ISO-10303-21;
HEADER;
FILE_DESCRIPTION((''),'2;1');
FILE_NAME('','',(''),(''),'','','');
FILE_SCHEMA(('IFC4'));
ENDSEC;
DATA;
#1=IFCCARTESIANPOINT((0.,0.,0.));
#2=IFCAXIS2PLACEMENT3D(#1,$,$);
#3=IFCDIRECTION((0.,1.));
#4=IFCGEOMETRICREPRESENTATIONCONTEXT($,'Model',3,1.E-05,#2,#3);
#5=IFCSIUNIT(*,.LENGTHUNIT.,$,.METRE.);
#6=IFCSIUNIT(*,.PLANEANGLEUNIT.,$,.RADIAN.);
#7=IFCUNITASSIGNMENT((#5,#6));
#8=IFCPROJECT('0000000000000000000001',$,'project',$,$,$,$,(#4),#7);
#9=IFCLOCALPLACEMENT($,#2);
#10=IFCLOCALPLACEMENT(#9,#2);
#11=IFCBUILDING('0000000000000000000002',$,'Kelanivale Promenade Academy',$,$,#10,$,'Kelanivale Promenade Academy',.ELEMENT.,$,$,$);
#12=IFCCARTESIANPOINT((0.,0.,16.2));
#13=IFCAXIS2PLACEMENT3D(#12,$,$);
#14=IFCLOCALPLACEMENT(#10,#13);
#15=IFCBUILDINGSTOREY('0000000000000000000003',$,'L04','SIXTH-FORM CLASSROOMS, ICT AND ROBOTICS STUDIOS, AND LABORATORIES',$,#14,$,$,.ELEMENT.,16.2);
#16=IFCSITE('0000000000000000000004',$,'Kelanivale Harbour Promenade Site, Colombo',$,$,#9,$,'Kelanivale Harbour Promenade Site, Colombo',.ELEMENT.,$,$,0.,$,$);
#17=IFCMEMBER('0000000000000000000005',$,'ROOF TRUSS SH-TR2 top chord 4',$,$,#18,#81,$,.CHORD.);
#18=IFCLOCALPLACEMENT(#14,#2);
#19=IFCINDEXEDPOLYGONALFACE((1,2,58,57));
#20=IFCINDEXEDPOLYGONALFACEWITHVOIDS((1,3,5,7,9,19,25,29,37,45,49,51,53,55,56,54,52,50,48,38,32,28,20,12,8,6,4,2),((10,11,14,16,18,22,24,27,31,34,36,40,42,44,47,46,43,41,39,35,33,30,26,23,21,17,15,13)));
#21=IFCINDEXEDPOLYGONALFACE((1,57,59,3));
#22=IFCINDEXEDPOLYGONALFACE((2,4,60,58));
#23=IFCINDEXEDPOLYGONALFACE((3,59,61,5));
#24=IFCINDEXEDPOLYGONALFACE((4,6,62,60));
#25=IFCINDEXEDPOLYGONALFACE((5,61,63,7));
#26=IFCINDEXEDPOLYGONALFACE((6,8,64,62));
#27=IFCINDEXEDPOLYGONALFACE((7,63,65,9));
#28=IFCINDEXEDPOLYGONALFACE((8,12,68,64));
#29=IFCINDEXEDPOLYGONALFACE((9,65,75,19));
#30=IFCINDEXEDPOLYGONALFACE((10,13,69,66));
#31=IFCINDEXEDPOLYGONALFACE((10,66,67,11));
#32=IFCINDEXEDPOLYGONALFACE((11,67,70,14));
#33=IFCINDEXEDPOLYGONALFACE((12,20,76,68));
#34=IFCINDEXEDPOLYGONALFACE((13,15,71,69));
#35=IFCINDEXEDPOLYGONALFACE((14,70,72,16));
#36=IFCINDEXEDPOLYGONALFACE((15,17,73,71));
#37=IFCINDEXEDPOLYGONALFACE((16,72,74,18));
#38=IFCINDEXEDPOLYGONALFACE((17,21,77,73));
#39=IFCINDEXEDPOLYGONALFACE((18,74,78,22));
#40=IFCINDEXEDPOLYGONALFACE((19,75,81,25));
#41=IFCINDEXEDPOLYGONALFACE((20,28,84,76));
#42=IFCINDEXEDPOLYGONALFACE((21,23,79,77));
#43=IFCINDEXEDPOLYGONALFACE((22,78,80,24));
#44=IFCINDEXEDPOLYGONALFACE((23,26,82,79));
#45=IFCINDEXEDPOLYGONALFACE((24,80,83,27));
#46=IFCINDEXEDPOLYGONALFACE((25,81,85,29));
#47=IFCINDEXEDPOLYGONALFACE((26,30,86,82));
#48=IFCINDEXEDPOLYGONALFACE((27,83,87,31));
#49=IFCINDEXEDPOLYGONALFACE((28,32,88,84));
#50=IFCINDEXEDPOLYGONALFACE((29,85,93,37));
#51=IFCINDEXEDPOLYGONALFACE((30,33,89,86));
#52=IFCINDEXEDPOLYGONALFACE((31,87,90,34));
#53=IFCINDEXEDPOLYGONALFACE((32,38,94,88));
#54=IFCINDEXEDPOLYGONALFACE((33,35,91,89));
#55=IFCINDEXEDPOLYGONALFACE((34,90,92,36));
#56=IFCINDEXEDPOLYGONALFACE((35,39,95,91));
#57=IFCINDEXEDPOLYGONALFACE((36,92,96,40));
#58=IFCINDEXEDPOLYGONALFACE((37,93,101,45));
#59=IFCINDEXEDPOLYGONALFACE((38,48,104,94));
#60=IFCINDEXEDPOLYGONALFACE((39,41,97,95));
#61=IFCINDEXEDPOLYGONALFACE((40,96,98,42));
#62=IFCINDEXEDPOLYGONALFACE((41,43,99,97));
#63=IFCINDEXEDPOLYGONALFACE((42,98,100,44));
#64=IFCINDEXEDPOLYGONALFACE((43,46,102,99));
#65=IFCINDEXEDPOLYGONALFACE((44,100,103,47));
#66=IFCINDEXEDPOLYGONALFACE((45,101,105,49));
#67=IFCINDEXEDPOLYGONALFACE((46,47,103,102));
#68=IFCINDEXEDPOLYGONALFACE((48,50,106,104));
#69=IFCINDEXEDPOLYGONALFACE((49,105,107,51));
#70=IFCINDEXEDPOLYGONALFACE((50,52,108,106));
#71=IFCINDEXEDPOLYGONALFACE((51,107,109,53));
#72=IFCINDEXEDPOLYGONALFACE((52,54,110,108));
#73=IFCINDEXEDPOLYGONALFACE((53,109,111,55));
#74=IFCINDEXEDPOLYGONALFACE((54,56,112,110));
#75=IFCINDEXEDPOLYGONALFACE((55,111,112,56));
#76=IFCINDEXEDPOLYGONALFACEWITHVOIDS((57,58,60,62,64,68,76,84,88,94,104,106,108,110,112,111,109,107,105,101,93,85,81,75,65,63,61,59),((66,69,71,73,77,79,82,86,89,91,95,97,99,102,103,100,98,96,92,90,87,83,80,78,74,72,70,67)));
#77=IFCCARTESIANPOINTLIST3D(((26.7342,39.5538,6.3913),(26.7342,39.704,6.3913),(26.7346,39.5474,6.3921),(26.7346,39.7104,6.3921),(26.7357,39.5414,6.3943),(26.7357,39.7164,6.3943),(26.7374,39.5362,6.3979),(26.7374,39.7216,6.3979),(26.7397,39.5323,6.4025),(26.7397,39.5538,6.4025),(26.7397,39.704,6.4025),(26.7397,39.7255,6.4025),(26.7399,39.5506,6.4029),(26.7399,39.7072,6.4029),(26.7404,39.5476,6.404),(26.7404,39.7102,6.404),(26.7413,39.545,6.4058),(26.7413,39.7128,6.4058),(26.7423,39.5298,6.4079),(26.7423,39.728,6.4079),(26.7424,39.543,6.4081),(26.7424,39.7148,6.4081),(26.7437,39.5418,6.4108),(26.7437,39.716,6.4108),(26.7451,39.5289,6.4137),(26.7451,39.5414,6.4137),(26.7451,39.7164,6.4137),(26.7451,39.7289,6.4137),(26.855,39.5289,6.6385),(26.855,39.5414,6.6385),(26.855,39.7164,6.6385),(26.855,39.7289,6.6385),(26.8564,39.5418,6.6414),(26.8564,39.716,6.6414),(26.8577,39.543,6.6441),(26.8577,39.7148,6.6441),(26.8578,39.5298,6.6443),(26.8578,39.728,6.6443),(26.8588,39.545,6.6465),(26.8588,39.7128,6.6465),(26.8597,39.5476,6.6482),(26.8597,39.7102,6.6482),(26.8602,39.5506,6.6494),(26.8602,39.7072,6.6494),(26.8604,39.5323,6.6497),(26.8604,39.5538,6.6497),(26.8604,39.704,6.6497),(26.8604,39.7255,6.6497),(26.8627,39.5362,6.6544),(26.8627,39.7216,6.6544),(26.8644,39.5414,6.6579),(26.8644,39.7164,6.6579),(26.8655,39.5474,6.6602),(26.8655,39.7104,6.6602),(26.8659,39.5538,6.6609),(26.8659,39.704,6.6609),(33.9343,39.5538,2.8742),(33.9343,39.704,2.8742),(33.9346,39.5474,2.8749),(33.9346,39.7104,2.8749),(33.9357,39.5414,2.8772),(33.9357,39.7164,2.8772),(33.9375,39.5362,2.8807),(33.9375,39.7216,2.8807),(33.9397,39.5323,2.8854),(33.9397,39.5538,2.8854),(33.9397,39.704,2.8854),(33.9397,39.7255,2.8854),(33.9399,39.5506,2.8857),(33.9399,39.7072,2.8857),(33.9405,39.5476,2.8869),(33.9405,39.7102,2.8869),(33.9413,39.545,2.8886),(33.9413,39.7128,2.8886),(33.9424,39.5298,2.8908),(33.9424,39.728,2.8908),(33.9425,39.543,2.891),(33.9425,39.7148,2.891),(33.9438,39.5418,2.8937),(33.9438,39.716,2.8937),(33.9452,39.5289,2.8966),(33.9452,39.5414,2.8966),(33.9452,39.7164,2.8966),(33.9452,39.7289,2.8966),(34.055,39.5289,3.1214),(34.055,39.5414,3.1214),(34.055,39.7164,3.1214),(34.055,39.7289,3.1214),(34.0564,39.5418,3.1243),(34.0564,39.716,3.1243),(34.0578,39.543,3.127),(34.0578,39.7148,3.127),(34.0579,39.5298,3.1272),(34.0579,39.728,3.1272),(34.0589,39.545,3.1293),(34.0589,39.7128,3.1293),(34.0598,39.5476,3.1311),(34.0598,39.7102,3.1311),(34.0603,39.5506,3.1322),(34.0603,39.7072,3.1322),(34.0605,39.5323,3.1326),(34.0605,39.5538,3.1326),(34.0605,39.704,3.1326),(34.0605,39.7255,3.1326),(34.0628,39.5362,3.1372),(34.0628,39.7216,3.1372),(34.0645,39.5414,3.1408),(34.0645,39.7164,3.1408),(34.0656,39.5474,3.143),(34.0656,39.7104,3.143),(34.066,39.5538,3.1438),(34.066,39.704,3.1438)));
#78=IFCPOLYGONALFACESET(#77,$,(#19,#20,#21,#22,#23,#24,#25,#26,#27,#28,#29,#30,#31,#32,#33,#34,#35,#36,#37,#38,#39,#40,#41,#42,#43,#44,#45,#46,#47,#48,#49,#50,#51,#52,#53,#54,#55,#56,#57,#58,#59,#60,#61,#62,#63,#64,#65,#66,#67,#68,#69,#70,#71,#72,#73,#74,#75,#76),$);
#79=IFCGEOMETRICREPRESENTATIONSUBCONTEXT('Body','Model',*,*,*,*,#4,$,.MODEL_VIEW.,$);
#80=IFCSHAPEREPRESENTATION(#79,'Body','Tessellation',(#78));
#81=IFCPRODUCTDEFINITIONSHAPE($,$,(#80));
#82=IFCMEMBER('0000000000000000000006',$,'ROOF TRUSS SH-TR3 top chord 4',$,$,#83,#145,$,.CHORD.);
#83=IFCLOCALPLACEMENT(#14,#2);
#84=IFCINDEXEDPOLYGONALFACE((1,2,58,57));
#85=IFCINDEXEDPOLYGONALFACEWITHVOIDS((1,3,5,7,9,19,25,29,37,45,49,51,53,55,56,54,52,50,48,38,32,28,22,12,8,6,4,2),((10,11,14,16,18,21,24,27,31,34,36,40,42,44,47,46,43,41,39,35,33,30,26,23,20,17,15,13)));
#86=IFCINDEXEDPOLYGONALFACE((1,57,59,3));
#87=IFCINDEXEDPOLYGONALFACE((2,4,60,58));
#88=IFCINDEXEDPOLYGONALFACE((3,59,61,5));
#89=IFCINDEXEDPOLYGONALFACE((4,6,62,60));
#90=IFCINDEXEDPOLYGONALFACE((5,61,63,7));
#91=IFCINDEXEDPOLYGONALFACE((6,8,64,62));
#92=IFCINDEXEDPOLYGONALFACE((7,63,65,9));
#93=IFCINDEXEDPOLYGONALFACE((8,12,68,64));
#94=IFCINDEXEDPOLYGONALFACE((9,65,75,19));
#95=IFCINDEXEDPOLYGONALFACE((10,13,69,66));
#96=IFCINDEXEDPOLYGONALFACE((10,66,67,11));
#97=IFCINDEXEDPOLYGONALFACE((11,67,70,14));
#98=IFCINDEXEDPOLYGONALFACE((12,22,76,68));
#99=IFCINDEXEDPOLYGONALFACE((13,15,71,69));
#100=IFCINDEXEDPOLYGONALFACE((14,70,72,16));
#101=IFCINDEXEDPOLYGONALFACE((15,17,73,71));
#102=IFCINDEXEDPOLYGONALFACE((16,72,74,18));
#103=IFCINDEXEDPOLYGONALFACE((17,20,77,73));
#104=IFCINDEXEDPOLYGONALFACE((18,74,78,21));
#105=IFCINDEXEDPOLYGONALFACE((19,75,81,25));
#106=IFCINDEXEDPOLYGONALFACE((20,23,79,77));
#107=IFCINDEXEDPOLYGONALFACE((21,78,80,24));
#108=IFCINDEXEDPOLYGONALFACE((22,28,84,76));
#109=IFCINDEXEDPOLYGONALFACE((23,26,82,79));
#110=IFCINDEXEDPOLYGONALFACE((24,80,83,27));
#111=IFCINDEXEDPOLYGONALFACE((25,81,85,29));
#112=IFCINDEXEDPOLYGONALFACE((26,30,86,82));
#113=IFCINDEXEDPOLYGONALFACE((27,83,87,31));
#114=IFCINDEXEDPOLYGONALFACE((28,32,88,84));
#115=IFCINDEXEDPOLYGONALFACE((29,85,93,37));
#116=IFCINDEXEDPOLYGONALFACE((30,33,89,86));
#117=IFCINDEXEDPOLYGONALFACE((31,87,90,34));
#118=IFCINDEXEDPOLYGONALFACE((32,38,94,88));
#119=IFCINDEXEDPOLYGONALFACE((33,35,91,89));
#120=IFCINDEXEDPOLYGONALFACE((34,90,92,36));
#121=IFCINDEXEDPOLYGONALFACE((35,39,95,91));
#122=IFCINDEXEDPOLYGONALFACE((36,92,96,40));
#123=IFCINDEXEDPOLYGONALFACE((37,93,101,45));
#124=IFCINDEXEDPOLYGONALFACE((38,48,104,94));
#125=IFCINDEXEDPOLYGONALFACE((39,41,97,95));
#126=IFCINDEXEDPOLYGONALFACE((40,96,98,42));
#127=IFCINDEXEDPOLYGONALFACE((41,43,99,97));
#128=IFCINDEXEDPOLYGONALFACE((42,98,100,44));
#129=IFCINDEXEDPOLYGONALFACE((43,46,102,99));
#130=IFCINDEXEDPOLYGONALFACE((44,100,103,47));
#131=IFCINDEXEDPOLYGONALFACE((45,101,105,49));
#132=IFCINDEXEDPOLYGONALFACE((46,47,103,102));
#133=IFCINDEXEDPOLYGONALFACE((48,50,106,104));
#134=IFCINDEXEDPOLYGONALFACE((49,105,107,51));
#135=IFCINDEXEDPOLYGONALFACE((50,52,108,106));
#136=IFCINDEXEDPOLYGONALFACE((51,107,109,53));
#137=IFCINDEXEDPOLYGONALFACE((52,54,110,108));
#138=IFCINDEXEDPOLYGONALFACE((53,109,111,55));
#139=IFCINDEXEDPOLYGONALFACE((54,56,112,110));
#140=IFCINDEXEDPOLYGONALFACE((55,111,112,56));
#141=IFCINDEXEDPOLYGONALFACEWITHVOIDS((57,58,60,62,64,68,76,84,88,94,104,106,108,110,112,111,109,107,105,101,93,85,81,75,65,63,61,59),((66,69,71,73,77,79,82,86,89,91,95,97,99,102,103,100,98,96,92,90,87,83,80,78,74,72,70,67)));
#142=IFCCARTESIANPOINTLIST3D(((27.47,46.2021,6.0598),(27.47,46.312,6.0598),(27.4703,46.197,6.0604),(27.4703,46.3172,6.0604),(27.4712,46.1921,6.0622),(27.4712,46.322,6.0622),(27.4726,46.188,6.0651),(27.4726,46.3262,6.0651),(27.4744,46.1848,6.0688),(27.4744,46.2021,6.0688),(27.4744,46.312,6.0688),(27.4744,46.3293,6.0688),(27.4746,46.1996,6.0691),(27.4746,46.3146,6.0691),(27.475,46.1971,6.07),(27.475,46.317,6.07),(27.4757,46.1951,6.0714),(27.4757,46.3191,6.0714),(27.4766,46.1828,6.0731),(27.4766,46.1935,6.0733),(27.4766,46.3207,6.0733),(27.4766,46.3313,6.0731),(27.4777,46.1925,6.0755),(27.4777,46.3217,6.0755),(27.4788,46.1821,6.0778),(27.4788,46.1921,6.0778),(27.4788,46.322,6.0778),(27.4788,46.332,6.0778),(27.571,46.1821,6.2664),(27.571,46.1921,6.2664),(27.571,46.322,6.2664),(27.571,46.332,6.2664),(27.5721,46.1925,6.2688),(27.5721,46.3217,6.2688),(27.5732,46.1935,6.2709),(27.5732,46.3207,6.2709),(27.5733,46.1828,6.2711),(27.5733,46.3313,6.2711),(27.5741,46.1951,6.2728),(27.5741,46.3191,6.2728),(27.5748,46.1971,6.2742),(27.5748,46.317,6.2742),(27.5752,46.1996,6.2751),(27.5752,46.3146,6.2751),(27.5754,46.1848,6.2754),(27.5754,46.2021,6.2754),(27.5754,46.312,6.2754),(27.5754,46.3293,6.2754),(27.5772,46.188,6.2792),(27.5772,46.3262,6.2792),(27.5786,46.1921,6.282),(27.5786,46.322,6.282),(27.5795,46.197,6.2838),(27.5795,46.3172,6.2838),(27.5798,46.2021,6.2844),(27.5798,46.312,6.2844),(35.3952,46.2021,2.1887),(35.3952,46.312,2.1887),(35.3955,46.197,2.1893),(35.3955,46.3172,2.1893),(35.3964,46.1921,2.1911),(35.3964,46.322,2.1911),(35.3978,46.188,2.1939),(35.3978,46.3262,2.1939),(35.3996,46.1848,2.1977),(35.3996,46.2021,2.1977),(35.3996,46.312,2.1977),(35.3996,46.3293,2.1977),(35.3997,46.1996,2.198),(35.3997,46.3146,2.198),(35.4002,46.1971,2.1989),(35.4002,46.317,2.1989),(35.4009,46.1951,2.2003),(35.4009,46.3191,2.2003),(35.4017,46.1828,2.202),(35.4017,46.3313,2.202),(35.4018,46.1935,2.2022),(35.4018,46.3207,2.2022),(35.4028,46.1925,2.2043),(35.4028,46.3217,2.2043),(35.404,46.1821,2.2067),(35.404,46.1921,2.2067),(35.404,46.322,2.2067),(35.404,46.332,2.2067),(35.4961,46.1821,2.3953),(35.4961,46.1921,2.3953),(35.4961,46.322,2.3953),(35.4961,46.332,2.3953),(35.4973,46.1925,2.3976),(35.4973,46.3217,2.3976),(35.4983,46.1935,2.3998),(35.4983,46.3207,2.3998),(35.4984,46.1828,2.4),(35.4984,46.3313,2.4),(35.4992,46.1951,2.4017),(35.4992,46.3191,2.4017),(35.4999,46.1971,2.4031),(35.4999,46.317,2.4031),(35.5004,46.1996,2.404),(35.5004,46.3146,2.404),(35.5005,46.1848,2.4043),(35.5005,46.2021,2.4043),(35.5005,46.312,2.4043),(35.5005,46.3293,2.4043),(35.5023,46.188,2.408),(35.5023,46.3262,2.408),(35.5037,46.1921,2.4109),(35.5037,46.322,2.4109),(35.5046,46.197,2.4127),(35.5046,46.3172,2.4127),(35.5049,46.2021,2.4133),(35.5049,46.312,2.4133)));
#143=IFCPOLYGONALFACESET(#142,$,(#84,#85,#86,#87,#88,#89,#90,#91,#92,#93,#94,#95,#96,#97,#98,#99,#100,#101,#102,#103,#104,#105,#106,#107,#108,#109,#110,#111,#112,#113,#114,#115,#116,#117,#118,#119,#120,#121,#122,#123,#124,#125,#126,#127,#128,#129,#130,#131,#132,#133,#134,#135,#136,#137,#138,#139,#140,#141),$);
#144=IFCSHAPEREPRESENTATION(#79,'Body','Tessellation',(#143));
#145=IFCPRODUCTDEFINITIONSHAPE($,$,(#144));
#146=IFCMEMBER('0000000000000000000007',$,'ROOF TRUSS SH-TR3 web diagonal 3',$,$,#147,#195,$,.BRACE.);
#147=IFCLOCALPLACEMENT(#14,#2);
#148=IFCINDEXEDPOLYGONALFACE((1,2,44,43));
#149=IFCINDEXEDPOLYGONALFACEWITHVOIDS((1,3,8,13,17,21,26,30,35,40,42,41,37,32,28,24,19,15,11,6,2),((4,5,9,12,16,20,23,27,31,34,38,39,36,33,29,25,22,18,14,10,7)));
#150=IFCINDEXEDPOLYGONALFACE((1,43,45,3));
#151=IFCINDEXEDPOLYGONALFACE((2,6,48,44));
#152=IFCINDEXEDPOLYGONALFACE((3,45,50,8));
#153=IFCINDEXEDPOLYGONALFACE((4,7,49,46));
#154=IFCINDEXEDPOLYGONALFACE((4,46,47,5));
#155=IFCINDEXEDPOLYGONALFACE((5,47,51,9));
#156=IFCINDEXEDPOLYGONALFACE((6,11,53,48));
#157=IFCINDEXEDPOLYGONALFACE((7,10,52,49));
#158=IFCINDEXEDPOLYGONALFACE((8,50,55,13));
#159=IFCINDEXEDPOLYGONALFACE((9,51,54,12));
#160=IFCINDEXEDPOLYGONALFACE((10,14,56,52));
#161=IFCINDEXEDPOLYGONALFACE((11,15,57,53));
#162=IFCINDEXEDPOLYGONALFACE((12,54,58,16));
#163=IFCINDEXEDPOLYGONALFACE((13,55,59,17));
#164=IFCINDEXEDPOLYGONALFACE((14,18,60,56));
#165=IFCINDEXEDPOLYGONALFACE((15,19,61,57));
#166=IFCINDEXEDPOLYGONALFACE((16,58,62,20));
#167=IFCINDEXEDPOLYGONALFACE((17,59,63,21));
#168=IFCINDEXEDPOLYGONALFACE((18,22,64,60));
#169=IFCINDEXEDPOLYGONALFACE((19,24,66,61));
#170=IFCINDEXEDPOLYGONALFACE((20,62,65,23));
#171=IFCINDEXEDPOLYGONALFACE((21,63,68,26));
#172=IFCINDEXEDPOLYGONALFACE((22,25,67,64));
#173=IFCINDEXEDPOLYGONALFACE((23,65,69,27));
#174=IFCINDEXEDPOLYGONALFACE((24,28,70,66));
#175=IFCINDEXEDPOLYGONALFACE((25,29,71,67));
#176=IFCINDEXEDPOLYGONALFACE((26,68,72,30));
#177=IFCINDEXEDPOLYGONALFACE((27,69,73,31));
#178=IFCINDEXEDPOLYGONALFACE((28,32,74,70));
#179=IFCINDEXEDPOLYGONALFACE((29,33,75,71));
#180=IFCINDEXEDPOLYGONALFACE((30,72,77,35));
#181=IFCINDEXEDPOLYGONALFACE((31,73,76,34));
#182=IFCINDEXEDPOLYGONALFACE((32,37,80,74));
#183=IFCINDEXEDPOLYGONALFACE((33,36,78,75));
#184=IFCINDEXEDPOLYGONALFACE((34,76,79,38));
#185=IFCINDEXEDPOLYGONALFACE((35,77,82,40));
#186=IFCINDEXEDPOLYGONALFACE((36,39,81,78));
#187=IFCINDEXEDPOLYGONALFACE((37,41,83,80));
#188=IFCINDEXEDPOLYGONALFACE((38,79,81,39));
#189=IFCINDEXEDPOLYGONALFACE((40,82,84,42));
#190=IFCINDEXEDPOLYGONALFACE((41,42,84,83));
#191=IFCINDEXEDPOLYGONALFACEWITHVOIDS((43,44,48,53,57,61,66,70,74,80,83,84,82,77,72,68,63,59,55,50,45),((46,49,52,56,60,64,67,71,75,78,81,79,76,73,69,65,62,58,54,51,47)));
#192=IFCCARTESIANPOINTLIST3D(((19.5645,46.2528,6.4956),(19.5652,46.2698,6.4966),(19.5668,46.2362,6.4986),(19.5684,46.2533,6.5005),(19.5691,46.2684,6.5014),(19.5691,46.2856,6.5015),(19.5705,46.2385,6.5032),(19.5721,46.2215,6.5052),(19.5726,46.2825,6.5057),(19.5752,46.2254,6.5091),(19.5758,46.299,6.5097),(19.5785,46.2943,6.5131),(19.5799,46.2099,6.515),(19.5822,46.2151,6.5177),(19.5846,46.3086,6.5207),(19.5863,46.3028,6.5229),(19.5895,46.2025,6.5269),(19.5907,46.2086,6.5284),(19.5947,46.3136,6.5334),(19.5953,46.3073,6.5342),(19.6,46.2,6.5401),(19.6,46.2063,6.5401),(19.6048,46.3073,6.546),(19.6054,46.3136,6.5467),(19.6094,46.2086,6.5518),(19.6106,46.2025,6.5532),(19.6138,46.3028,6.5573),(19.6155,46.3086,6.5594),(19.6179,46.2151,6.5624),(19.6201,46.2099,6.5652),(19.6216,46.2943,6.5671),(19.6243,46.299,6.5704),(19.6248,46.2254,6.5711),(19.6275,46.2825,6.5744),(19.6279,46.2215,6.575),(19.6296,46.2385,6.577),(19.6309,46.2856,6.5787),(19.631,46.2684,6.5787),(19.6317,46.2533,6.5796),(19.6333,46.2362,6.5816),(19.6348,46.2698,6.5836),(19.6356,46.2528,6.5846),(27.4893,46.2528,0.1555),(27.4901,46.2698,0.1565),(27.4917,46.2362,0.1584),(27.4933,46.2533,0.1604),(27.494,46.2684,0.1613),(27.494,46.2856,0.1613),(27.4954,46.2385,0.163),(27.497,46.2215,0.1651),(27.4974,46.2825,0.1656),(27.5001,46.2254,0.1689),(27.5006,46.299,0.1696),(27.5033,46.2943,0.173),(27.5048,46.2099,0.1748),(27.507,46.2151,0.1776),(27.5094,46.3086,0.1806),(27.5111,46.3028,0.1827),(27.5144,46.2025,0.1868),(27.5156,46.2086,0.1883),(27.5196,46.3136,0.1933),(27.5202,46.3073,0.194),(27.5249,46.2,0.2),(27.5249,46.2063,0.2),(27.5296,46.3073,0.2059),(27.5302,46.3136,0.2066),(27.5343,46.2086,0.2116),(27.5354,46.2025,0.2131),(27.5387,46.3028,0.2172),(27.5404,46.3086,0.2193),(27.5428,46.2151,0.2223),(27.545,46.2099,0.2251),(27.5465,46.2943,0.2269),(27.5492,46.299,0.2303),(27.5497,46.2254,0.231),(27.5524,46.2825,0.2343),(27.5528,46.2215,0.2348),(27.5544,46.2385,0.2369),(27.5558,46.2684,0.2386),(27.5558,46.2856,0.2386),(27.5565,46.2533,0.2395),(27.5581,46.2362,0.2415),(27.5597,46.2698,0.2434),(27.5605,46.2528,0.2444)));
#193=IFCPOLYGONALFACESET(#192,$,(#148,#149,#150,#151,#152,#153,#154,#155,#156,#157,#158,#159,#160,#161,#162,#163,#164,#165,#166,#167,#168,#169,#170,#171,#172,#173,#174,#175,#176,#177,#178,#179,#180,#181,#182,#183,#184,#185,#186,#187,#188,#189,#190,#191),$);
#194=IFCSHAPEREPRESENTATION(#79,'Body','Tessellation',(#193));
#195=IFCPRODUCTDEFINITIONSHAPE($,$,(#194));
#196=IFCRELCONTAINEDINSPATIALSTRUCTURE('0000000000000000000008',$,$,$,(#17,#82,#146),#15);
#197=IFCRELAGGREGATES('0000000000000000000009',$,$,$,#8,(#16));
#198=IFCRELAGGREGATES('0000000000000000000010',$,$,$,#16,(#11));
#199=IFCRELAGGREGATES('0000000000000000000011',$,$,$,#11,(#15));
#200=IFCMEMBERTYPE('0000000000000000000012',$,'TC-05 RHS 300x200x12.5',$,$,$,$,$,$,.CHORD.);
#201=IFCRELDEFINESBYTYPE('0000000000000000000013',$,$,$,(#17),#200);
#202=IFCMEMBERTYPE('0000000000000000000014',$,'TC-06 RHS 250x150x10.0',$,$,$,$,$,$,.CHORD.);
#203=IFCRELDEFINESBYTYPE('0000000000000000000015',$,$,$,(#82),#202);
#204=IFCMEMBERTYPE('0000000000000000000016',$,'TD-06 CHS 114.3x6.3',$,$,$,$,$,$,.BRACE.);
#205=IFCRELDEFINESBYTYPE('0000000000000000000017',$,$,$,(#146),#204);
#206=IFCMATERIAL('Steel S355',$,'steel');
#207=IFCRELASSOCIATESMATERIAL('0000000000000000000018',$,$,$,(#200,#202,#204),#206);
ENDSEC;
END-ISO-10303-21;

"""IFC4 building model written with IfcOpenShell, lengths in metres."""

from ifc_helpers import new_model, si_unit, direction, frame, origin, origin_2d, place, context, subcontext, project, spatial, hollow_rectangle, hollow_circle, extrude, material, material_profile, profile_set, type_object, element, save


model = new_model("IFC4")

# Units and contexts
model_context = context("Model", 3, precision=1e-05, world=origin(), true_north=direction((0.0, 1.0)))
body_context = subcontext(model_context, "Body", "Model", "MODEL_VIEW")
ifc_project = project(units=[si_unit("LENGTHUNIT", "METRE"), si_unit("PLANEANGLEUNIT", "RADIAN")], contexts=[model_context])

# Site, building, storey
site_placement = place(None, origin())
site = spatial("IfcSite", under=ifc_project, at=site_placement, Name="Kelanivale Harbour Promenade Site, Colombo", LongName="Kelanivale Harbour Promenade Site, Colombo", CompositionType="ELEMENT", RefElevation=0.0)
building_placement = place(site_placement, origin())
building = spatial("IfcBuilding", under=site, at=building_placement, Name="Kelanivale Promenade Academy", LongName="Kelanivale Promenade Academy", CompositionType="ELEMENT")
storey_placement = place(building_placement, frame((0.0, 0.0, 16.2)))
storey = spatial("IfcBuildingStorey", under=building, at=storey_placement, Name="L04", Description="SIXTH-FORM CLASSROOMS, ICT AND ROBOTICS STUDIOS, AND LABORATORIES", CompositionType="ELEMENT", Elevation=16.2)

# Members
ifc_material_1 = material(Name="Steel S355", Category="steel")
ifc_material_profile_1 = material_profile(ifc_material_1, hollow_rectangle(XDim=0.2, YDim=0.3, WallThickness=0.0125, InnerFilletRadius=0.0125, OuterFilletRadius=0.0249, at=origin_2d()), Name="RHS 300x200x12.5")
ifc_profile_set_1 = profile_set([ifc_material_profile_1], Name="Steel S355")
member_type_1 = type_object("IfcMemberType", Name="TC-05 RHS 300x200x12.5", PredefinedType="CHORD", material=ifc_profile_set_1)
member_1_placement = place(storey_placement, frame((26.8, 39.6289, 6.5261), z_axis=(0.898526, 0.0, -0.438919), x_axis=(0.0, 1.0, 0.0)))
element("IfcMember", 1, at=member_1_placement, inside=storey, type_object=member_type_1, Name="ROOF TRUSS SH-TR2 top chord 4", PredefinedType="CHORD", context=body_context, shape_type="SweptSolid", body=[
    extrude(hollow_rectangle(XDim=0.2, YDim=0.3, WallThickness=0.0125, InnerFilletRadius=0.0125, OuterFilletRadius=0.0249, at=origin_2d()), origin(), (0.0, 0.0, 1.0), 8.0132),
])
ifc_material_profile_2 = material_profile(ifc_material_1, hollow_rectangle(XDim=0.1499, YDim=0.25, WallThickness=0.01, InnerFilletRadius=0.01, OuterFilletRadius=0.02, at=origin_2d()), Name="RHS 250x150x10.0")
ifc_profile_set_2 = profile_set([ifc_material_profile_2], Name="Steel S355")
member_type_2 = type_object("IfcMemberType", Name="TC-06 RHS 250x150x10.0", PredefinedType="CHORD", material=ifc_profile_set_2)
member_2_placement = place(storey_placement, frame((27.5249, 46.2571, 6.1721), z_axis=(0.898535, 0.0, -0.438901), x_axis=(0.0, 1.0, 0.0)))
element("IfcMember", 2, at=member_2_placement, inside=storey, type_object=member_type_2, Name="ROOF TRUSS SH-TR3 top chord 4", PredefinedType="CHORD", context=body_context, shape_type="SweptSolid", body=[
    extrude(hollow_rectangle(XDim=0.1499, YDim=0.25, WallThickness=0.01, InnerFilletRadius=0.01, OuterFilletRadius=0.02, at=origin_2d()), origin(), (0.0, 0.0, 1.0), 8.8201),
])
ifc_material_profile_3 = material_profile(ifc_material_1, hollow_circle(Radius=0.0571, WallThickness=0.0063, at=origin_2d()), Name="CHS 114.3x6.3")
ifc_profile_set_3 = profile_set([ifc_material_profile_3], Name="Steel S355")
member_type_3 = type_object("IfcMemberType", Name="TD-06 CHS 114.3x6.3", PredefinedType="BRACE", material=ifc_profile_set_3)
member_3_placement = place(storey_placement, frame((27.5249, 46.2571, 0.2), z_axis=(-0.780857, 0.0, 0.62471), x_axis=(0.0, -1.0, 0.0)))
element("IfcMember", 3, at=member_3_placement, inside=storey, type_object=member_type_3, Name="ROOF TRUSS SH-TR3 web diagonal 3", PredefinedType="BRACE", context=body_context, shape_type="SweptSolid", body=[
    extrude(hollow_circle(Radius=0.0571, WallThickness=0.0063, at=origin_2d()), origin(), (0.0, 0.0, 1.0), 10.1489),
])

save(model, "model.ifc")
